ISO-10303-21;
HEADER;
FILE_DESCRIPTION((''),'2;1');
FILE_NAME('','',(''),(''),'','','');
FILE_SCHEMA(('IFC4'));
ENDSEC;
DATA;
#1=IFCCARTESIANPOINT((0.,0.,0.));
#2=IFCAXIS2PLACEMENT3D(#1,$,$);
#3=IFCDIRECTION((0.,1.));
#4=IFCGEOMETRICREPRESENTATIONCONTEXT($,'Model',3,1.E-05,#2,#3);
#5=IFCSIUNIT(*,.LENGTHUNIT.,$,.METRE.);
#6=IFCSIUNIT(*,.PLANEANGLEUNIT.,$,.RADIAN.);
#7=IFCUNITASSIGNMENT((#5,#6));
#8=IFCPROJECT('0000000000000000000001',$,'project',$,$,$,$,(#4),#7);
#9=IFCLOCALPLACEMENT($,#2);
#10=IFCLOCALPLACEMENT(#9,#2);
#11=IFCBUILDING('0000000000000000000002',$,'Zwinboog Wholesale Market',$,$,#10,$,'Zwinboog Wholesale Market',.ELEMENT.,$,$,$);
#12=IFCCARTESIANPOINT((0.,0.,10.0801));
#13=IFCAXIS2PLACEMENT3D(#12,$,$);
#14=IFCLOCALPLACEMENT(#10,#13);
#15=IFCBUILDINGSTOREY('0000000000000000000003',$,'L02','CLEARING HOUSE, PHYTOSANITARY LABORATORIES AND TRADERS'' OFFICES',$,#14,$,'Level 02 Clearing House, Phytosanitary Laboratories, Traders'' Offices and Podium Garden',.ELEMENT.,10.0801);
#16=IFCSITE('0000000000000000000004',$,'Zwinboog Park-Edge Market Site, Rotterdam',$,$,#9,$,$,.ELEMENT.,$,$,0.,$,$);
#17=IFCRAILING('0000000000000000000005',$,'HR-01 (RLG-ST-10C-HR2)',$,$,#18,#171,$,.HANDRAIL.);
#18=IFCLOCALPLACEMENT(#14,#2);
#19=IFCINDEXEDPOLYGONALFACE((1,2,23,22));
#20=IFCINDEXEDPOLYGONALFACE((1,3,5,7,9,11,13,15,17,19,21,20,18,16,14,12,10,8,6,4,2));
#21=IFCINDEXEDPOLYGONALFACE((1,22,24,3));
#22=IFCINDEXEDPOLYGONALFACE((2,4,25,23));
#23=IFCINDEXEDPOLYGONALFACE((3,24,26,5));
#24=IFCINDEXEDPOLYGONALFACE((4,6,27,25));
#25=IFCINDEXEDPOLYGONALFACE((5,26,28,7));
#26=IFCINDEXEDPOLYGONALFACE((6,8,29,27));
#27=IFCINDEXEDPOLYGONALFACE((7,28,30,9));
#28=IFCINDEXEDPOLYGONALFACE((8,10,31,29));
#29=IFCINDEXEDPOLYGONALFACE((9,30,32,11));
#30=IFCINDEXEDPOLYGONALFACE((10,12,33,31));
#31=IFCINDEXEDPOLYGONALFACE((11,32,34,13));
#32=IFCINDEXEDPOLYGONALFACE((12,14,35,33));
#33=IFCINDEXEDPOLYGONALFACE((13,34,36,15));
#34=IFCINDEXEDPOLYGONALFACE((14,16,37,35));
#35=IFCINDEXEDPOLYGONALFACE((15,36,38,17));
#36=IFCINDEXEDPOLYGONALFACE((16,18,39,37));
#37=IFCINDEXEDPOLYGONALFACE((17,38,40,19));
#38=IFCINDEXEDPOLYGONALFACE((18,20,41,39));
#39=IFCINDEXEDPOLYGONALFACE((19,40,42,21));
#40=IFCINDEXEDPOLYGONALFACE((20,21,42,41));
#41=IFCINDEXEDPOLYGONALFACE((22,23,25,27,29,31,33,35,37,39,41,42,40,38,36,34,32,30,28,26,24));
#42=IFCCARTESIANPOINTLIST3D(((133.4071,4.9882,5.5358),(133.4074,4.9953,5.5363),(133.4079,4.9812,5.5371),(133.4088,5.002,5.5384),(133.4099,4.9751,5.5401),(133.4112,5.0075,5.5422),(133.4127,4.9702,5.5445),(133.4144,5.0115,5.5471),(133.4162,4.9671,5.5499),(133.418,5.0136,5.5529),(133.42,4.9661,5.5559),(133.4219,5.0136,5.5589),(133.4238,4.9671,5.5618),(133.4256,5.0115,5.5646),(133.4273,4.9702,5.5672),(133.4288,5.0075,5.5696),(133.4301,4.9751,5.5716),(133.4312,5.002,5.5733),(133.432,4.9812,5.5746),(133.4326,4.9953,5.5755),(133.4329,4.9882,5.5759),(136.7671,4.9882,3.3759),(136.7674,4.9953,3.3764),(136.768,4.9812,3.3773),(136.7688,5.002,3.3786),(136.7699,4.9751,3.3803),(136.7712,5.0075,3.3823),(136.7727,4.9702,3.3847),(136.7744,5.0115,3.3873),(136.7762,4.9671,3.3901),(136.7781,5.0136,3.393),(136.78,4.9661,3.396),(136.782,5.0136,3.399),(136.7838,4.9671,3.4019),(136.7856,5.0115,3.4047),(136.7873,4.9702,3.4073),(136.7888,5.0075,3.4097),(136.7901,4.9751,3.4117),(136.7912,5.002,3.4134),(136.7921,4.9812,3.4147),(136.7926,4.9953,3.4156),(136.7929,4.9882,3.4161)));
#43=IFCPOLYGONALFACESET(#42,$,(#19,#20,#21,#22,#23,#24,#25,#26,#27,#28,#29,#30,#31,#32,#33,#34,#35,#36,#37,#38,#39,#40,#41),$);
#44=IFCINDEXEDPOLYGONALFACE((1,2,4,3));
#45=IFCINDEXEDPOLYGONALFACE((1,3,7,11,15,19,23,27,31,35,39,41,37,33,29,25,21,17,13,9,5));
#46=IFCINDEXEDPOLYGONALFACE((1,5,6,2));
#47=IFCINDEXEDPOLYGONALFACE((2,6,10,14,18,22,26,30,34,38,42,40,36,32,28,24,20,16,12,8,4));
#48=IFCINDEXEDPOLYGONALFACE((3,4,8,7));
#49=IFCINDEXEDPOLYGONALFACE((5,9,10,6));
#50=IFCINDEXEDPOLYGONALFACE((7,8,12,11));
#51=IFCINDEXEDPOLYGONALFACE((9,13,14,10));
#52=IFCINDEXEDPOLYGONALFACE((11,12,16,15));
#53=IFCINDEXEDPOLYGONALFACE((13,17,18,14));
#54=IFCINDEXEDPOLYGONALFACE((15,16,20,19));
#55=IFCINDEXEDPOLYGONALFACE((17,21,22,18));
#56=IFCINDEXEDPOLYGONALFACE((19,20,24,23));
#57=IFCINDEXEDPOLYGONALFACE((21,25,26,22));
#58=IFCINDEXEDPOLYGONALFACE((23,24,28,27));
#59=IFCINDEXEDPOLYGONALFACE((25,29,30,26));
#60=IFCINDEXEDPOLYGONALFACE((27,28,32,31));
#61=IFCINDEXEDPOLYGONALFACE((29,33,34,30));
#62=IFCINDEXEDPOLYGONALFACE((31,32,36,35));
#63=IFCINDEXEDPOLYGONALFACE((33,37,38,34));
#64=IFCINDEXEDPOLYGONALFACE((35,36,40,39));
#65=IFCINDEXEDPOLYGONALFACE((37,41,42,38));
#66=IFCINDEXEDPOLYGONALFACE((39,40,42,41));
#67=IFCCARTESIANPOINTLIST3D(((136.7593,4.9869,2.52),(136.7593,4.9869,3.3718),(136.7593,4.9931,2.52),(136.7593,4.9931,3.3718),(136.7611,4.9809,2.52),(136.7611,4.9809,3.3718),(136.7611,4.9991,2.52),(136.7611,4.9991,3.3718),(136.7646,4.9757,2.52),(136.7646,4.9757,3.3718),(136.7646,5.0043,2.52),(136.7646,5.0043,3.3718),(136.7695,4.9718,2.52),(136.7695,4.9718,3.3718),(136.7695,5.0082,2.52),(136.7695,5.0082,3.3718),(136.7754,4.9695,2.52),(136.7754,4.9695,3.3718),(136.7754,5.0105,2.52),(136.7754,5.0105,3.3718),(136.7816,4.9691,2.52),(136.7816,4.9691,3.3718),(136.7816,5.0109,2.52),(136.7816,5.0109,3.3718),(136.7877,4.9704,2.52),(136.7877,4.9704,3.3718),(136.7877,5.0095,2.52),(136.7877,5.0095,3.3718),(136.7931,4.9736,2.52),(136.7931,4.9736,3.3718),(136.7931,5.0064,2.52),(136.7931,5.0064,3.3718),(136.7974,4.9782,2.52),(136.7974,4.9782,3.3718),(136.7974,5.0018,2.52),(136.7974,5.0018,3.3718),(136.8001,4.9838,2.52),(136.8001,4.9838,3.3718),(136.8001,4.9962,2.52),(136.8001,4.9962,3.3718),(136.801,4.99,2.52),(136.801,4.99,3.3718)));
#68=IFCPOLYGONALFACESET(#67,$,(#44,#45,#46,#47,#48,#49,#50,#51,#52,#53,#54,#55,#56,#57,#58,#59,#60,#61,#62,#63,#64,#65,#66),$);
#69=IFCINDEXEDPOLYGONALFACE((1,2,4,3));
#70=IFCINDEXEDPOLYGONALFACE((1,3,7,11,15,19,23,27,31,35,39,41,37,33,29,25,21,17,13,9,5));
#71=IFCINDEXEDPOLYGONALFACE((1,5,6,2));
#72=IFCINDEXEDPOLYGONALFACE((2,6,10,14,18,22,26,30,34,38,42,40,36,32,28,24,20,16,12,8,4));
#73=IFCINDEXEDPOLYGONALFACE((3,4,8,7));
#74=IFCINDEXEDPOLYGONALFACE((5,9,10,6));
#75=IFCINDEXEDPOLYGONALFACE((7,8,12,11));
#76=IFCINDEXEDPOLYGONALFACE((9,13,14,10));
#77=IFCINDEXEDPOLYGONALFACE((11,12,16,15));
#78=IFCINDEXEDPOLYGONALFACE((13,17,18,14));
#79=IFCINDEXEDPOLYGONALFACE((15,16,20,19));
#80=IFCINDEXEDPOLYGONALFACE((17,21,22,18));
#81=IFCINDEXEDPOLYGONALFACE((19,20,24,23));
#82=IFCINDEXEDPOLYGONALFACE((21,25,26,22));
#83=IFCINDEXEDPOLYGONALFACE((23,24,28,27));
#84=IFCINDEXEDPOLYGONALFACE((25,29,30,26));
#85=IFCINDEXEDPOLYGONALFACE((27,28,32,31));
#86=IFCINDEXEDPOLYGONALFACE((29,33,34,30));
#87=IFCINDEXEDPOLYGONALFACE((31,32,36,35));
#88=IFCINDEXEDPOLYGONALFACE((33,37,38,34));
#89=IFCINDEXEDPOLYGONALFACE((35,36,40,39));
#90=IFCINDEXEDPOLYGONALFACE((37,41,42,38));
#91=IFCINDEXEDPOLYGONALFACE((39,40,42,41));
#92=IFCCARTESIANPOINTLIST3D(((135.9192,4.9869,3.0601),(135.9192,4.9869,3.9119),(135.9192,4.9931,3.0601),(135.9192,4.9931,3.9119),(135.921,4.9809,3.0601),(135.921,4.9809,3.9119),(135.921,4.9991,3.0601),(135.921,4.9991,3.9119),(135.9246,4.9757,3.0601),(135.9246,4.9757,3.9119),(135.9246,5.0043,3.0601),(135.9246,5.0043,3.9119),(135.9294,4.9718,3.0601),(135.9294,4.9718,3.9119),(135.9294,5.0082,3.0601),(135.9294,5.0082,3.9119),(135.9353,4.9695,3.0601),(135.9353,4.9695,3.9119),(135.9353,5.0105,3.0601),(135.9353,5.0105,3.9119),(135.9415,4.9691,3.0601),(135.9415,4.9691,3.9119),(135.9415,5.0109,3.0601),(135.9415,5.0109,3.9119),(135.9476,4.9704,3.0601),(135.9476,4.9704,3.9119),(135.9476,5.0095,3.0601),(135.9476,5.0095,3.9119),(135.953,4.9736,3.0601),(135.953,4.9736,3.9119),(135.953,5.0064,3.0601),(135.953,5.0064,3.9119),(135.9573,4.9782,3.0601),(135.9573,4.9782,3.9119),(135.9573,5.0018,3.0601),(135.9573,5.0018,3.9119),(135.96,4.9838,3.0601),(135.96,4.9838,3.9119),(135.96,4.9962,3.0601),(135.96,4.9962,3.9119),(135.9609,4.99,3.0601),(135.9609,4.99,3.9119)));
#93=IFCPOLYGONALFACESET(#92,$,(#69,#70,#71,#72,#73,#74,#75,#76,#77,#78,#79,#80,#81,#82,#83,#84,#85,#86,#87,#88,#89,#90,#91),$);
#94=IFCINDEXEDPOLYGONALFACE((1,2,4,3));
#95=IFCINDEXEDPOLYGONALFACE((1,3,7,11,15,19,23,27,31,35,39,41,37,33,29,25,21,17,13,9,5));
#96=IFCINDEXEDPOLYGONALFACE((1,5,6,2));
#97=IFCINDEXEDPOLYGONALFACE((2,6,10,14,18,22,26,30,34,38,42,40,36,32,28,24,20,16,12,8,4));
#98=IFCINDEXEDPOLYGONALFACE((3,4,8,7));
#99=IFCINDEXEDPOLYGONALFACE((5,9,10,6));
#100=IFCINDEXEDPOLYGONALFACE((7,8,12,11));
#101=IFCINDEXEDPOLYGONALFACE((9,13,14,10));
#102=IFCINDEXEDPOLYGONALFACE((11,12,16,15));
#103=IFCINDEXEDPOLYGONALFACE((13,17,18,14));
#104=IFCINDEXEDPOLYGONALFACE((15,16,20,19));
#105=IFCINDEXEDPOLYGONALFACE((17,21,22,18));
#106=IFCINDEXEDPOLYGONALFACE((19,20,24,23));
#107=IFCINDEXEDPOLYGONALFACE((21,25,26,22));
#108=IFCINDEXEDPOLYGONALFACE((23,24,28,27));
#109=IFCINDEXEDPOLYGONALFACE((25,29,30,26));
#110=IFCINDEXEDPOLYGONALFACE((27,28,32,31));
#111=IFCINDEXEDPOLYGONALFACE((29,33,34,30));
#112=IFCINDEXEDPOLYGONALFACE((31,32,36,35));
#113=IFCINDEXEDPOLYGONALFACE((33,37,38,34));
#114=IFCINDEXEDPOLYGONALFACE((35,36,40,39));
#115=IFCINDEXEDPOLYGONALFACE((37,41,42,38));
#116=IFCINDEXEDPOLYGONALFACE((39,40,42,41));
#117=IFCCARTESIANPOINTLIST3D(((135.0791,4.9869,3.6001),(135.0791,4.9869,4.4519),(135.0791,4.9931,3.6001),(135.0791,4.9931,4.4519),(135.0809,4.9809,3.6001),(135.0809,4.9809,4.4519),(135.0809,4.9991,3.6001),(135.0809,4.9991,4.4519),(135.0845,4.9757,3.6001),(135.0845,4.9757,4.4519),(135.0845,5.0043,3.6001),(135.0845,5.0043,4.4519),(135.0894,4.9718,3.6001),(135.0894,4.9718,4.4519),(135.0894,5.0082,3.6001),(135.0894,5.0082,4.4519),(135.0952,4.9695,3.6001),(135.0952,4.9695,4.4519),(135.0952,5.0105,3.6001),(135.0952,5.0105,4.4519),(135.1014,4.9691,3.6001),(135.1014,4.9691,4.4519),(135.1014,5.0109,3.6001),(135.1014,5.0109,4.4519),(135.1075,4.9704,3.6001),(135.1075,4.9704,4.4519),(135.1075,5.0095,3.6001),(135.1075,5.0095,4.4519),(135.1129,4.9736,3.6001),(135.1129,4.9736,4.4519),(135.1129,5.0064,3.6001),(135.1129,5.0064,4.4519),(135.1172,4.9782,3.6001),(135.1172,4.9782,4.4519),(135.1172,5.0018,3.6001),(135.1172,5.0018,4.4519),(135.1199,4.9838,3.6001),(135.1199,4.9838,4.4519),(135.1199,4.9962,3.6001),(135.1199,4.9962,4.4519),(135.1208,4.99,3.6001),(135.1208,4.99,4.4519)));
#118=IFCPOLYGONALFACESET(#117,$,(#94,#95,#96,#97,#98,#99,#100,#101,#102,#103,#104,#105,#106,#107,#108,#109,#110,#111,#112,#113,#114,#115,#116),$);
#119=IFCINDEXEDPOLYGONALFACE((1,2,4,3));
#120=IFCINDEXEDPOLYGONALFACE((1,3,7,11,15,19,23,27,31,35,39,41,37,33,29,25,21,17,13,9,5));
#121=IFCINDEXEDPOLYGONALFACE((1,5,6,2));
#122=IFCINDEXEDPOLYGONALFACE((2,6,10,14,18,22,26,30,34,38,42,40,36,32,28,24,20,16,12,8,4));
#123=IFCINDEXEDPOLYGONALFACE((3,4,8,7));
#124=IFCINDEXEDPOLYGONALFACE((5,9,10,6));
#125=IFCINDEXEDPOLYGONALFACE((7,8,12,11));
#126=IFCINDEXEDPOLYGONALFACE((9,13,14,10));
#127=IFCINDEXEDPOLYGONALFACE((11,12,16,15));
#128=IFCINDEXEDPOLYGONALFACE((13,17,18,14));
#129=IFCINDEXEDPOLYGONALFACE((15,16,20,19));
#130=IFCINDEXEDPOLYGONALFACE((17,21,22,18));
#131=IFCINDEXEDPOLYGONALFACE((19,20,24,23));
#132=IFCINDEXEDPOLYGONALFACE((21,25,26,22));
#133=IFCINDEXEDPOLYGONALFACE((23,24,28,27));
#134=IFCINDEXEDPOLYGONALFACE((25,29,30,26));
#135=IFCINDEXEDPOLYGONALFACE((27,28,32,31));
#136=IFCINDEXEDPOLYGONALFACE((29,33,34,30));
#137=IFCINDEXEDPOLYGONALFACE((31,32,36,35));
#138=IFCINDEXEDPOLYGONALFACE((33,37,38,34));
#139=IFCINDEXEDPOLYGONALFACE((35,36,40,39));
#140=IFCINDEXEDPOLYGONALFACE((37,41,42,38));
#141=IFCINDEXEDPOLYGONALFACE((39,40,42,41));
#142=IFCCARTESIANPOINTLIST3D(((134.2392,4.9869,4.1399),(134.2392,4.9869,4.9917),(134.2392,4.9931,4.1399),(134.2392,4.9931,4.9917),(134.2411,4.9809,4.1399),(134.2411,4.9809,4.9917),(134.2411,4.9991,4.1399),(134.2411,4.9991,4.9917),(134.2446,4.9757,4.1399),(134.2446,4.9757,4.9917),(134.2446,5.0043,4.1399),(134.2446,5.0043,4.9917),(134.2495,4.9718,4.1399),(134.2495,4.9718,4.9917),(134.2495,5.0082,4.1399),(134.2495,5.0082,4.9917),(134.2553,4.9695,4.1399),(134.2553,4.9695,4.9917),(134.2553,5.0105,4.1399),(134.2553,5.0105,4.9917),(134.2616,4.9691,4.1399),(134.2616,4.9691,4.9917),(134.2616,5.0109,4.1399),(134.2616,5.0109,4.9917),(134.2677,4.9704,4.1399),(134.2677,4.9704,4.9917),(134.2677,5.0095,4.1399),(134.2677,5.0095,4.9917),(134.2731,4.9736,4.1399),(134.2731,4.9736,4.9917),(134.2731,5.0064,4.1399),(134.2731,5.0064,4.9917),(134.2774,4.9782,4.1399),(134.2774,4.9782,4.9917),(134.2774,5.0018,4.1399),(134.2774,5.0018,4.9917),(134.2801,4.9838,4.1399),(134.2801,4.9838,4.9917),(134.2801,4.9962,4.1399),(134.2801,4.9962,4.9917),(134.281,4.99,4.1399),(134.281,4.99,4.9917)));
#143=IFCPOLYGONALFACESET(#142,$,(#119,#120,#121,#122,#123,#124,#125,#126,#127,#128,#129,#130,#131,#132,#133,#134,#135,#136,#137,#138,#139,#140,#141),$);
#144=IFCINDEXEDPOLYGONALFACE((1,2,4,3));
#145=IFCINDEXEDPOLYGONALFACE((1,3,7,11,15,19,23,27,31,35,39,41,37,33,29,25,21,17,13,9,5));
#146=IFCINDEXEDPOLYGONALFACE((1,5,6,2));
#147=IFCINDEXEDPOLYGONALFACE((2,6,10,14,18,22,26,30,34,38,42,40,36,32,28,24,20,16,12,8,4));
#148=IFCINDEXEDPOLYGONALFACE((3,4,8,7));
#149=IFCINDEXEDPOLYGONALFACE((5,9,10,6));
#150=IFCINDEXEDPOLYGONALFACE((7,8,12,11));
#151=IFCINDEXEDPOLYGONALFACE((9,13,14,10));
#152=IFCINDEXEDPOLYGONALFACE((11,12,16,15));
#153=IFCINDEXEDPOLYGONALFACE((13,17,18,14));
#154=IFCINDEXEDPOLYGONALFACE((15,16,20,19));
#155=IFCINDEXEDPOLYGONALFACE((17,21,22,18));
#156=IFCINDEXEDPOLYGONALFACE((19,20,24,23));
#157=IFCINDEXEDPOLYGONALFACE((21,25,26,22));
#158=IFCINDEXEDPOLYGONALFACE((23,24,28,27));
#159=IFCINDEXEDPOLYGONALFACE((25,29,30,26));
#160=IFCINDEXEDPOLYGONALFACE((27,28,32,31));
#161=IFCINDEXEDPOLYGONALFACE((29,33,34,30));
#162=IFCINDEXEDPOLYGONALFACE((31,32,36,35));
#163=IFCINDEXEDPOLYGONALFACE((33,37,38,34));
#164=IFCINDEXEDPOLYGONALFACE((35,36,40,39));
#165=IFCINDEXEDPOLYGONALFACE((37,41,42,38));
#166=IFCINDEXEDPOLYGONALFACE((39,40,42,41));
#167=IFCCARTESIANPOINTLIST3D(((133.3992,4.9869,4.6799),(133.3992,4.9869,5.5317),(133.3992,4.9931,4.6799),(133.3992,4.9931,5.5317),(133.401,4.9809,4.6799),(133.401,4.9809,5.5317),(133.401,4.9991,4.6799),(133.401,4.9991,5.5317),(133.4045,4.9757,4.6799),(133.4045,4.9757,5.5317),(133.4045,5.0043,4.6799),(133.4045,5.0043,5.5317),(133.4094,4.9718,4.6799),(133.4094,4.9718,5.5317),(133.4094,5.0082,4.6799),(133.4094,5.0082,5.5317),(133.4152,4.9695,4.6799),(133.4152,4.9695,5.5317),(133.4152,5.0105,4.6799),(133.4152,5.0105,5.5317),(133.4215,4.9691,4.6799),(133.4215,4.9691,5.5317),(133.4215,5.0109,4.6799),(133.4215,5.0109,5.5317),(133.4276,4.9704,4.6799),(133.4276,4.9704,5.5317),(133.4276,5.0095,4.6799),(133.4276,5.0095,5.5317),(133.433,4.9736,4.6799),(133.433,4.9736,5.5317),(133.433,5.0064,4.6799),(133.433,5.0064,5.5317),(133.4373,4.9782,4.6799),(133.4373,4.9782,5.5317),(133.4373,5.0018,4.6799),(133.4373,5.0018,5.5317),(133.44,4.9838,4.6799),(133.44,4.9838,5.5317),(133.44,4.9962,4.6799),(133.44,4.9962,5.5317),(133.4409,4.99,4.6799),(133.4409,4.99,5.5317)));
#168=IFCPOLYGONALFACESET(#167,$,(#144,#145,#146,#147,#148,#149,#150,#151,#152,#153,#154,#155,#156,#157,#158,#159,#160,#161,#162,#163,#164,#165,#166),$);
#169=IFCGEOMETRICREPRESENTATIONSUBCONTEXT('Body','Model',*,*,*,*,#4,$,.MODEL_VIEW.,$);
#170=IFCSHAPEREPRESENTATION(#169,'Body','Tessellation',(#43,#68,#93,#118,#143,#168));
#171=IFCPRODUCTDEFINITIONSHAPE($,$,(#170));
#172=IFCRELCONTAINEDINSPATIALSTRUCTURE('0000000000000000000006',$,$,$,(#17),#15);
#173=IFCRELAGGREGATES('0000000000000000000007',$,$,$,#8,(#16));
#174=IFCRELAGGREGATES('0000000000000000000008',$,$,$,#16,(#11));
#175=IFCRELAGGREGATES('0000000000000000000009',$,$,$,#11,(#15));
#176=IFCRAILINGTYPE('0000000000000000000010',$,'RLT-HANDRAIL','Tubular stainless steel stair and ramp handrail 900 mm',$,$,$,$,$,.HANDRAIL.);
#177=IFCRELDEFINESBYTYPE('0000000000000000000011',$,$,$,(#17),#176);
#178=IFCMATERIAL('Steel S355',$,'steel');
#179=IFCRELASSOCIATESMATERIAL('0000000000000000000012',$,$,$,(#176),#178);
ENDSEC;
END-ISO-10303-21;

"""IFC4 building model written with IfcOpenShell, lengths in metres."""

from ifc_helpers import new_model, si_unit, direction, frame, origin, origin_2d, place, context, subcontext, project, spatial, circle, extrude, material, type_object, element, save


model = new_model("IFC4")

# Units and contexts
model_context = context("Model", 3, precision=1e-05, world=origin(), true_north=direction((0.0, 1.0)))
body_context = subcontext(model_context, "Body", "Model", "MODEL_VIEW")
ifc_project = project(units=[si_unit("LENGTHUNIT", "METRE"), si_unit("PLANEANGLEUNIT", "RADIAN")], contexts=[model_context])

# Site, building, storey
site_placement = place(None, origin())
site = spatial("IfcSite", under=ifc_project, at=site_placement, Name="Zwinboog Park-Edge Market Site, Rotterdam", CompositionType="ELEMENT", RefElevation=0.0)
building_placement = place(site_placement, origin())
building = spatial("IfcBuilding", under=site, at=building_placement, Name="Zwinboog Wholesale Market", LongName="Zwinboog Wholesale Market", CompositionType="ELEMENT")
storey_placement = place(building_placement, frame((0.0, 0.0, 10.0801)))
storey = spatial("IfcBuildingStorey", under=building, at=storey_placement, Name="L02", Description="CLEARING HOUSE, PHYTOSANITARY LABORATORIES AND TRADERS' OFFICES", LongName="Level 02 Clearing House, Phytosanitary Laboratories, Traders' Offices and Podium Garden", CompositionType="ELEMENT", Elevation=10.0801)

# Shared definitions
ifc_material_1 = material(Name="Steel S355", Category="steel")

# Railing
railing_type_1 = type_object("IfcRailingType", Name="RLT-HANDRAIL", Description="Tubular stainless steel stair and ramp handrail 900 mm", PredefinedType="HANDRAIL", material=ifc_material_1)
railing_1_placement = place(storey_placement, frame((136.78, 4.99, 2.52)))
element("IfcRailing", 1, at=railing_1_placement, inside=storey, type_object=railing_type_1, Name="HR-01 (RLG-ST-10C-HR2)", PredefinedType="HANDRAIL", context=body_context, shape_type="SweptSolid", body=[
    extrude(circle(Radius=0.0239, at=origin_2d()), frame((0.0, 0.0, 0.876), z_axis=(-0.841196, 0.0, 0.54073), x_axis=(0.0, -1.0, 0.0)), (0.0, 0.0, 1.0), 3.9944),
    extrude(circle(Radius=0.021, at=origin_2d()), origin(), (0.0, 0.0, 1.0), 0.8518),
    extrude(circle(Radius=0.021, at=origin_2d()), frame((-0.8401, 0.0, 0.54)), (0.0, 0.0, 1.0), 0.8518),
    extrude(circle(Radius=0.021, at=origin_2d()), frame((-1.6802, 0.0, 1.0801)), (0.0, 0.0, 1.0), 0.8518),
    extrude(circle(Radius=0.021, at=origin_2d()), frame((-2.52, 0.0, 1.6199)), (0.0, 0.0, 1.0), 0.8518),
    extrude(circle(Radius=0.021, at=origin_2d()), frame((-3.3601, 0.0, 2.1599)), (0.0, 0.0, 1.0), 0.8518),
])

save(model, "model.ifc")
